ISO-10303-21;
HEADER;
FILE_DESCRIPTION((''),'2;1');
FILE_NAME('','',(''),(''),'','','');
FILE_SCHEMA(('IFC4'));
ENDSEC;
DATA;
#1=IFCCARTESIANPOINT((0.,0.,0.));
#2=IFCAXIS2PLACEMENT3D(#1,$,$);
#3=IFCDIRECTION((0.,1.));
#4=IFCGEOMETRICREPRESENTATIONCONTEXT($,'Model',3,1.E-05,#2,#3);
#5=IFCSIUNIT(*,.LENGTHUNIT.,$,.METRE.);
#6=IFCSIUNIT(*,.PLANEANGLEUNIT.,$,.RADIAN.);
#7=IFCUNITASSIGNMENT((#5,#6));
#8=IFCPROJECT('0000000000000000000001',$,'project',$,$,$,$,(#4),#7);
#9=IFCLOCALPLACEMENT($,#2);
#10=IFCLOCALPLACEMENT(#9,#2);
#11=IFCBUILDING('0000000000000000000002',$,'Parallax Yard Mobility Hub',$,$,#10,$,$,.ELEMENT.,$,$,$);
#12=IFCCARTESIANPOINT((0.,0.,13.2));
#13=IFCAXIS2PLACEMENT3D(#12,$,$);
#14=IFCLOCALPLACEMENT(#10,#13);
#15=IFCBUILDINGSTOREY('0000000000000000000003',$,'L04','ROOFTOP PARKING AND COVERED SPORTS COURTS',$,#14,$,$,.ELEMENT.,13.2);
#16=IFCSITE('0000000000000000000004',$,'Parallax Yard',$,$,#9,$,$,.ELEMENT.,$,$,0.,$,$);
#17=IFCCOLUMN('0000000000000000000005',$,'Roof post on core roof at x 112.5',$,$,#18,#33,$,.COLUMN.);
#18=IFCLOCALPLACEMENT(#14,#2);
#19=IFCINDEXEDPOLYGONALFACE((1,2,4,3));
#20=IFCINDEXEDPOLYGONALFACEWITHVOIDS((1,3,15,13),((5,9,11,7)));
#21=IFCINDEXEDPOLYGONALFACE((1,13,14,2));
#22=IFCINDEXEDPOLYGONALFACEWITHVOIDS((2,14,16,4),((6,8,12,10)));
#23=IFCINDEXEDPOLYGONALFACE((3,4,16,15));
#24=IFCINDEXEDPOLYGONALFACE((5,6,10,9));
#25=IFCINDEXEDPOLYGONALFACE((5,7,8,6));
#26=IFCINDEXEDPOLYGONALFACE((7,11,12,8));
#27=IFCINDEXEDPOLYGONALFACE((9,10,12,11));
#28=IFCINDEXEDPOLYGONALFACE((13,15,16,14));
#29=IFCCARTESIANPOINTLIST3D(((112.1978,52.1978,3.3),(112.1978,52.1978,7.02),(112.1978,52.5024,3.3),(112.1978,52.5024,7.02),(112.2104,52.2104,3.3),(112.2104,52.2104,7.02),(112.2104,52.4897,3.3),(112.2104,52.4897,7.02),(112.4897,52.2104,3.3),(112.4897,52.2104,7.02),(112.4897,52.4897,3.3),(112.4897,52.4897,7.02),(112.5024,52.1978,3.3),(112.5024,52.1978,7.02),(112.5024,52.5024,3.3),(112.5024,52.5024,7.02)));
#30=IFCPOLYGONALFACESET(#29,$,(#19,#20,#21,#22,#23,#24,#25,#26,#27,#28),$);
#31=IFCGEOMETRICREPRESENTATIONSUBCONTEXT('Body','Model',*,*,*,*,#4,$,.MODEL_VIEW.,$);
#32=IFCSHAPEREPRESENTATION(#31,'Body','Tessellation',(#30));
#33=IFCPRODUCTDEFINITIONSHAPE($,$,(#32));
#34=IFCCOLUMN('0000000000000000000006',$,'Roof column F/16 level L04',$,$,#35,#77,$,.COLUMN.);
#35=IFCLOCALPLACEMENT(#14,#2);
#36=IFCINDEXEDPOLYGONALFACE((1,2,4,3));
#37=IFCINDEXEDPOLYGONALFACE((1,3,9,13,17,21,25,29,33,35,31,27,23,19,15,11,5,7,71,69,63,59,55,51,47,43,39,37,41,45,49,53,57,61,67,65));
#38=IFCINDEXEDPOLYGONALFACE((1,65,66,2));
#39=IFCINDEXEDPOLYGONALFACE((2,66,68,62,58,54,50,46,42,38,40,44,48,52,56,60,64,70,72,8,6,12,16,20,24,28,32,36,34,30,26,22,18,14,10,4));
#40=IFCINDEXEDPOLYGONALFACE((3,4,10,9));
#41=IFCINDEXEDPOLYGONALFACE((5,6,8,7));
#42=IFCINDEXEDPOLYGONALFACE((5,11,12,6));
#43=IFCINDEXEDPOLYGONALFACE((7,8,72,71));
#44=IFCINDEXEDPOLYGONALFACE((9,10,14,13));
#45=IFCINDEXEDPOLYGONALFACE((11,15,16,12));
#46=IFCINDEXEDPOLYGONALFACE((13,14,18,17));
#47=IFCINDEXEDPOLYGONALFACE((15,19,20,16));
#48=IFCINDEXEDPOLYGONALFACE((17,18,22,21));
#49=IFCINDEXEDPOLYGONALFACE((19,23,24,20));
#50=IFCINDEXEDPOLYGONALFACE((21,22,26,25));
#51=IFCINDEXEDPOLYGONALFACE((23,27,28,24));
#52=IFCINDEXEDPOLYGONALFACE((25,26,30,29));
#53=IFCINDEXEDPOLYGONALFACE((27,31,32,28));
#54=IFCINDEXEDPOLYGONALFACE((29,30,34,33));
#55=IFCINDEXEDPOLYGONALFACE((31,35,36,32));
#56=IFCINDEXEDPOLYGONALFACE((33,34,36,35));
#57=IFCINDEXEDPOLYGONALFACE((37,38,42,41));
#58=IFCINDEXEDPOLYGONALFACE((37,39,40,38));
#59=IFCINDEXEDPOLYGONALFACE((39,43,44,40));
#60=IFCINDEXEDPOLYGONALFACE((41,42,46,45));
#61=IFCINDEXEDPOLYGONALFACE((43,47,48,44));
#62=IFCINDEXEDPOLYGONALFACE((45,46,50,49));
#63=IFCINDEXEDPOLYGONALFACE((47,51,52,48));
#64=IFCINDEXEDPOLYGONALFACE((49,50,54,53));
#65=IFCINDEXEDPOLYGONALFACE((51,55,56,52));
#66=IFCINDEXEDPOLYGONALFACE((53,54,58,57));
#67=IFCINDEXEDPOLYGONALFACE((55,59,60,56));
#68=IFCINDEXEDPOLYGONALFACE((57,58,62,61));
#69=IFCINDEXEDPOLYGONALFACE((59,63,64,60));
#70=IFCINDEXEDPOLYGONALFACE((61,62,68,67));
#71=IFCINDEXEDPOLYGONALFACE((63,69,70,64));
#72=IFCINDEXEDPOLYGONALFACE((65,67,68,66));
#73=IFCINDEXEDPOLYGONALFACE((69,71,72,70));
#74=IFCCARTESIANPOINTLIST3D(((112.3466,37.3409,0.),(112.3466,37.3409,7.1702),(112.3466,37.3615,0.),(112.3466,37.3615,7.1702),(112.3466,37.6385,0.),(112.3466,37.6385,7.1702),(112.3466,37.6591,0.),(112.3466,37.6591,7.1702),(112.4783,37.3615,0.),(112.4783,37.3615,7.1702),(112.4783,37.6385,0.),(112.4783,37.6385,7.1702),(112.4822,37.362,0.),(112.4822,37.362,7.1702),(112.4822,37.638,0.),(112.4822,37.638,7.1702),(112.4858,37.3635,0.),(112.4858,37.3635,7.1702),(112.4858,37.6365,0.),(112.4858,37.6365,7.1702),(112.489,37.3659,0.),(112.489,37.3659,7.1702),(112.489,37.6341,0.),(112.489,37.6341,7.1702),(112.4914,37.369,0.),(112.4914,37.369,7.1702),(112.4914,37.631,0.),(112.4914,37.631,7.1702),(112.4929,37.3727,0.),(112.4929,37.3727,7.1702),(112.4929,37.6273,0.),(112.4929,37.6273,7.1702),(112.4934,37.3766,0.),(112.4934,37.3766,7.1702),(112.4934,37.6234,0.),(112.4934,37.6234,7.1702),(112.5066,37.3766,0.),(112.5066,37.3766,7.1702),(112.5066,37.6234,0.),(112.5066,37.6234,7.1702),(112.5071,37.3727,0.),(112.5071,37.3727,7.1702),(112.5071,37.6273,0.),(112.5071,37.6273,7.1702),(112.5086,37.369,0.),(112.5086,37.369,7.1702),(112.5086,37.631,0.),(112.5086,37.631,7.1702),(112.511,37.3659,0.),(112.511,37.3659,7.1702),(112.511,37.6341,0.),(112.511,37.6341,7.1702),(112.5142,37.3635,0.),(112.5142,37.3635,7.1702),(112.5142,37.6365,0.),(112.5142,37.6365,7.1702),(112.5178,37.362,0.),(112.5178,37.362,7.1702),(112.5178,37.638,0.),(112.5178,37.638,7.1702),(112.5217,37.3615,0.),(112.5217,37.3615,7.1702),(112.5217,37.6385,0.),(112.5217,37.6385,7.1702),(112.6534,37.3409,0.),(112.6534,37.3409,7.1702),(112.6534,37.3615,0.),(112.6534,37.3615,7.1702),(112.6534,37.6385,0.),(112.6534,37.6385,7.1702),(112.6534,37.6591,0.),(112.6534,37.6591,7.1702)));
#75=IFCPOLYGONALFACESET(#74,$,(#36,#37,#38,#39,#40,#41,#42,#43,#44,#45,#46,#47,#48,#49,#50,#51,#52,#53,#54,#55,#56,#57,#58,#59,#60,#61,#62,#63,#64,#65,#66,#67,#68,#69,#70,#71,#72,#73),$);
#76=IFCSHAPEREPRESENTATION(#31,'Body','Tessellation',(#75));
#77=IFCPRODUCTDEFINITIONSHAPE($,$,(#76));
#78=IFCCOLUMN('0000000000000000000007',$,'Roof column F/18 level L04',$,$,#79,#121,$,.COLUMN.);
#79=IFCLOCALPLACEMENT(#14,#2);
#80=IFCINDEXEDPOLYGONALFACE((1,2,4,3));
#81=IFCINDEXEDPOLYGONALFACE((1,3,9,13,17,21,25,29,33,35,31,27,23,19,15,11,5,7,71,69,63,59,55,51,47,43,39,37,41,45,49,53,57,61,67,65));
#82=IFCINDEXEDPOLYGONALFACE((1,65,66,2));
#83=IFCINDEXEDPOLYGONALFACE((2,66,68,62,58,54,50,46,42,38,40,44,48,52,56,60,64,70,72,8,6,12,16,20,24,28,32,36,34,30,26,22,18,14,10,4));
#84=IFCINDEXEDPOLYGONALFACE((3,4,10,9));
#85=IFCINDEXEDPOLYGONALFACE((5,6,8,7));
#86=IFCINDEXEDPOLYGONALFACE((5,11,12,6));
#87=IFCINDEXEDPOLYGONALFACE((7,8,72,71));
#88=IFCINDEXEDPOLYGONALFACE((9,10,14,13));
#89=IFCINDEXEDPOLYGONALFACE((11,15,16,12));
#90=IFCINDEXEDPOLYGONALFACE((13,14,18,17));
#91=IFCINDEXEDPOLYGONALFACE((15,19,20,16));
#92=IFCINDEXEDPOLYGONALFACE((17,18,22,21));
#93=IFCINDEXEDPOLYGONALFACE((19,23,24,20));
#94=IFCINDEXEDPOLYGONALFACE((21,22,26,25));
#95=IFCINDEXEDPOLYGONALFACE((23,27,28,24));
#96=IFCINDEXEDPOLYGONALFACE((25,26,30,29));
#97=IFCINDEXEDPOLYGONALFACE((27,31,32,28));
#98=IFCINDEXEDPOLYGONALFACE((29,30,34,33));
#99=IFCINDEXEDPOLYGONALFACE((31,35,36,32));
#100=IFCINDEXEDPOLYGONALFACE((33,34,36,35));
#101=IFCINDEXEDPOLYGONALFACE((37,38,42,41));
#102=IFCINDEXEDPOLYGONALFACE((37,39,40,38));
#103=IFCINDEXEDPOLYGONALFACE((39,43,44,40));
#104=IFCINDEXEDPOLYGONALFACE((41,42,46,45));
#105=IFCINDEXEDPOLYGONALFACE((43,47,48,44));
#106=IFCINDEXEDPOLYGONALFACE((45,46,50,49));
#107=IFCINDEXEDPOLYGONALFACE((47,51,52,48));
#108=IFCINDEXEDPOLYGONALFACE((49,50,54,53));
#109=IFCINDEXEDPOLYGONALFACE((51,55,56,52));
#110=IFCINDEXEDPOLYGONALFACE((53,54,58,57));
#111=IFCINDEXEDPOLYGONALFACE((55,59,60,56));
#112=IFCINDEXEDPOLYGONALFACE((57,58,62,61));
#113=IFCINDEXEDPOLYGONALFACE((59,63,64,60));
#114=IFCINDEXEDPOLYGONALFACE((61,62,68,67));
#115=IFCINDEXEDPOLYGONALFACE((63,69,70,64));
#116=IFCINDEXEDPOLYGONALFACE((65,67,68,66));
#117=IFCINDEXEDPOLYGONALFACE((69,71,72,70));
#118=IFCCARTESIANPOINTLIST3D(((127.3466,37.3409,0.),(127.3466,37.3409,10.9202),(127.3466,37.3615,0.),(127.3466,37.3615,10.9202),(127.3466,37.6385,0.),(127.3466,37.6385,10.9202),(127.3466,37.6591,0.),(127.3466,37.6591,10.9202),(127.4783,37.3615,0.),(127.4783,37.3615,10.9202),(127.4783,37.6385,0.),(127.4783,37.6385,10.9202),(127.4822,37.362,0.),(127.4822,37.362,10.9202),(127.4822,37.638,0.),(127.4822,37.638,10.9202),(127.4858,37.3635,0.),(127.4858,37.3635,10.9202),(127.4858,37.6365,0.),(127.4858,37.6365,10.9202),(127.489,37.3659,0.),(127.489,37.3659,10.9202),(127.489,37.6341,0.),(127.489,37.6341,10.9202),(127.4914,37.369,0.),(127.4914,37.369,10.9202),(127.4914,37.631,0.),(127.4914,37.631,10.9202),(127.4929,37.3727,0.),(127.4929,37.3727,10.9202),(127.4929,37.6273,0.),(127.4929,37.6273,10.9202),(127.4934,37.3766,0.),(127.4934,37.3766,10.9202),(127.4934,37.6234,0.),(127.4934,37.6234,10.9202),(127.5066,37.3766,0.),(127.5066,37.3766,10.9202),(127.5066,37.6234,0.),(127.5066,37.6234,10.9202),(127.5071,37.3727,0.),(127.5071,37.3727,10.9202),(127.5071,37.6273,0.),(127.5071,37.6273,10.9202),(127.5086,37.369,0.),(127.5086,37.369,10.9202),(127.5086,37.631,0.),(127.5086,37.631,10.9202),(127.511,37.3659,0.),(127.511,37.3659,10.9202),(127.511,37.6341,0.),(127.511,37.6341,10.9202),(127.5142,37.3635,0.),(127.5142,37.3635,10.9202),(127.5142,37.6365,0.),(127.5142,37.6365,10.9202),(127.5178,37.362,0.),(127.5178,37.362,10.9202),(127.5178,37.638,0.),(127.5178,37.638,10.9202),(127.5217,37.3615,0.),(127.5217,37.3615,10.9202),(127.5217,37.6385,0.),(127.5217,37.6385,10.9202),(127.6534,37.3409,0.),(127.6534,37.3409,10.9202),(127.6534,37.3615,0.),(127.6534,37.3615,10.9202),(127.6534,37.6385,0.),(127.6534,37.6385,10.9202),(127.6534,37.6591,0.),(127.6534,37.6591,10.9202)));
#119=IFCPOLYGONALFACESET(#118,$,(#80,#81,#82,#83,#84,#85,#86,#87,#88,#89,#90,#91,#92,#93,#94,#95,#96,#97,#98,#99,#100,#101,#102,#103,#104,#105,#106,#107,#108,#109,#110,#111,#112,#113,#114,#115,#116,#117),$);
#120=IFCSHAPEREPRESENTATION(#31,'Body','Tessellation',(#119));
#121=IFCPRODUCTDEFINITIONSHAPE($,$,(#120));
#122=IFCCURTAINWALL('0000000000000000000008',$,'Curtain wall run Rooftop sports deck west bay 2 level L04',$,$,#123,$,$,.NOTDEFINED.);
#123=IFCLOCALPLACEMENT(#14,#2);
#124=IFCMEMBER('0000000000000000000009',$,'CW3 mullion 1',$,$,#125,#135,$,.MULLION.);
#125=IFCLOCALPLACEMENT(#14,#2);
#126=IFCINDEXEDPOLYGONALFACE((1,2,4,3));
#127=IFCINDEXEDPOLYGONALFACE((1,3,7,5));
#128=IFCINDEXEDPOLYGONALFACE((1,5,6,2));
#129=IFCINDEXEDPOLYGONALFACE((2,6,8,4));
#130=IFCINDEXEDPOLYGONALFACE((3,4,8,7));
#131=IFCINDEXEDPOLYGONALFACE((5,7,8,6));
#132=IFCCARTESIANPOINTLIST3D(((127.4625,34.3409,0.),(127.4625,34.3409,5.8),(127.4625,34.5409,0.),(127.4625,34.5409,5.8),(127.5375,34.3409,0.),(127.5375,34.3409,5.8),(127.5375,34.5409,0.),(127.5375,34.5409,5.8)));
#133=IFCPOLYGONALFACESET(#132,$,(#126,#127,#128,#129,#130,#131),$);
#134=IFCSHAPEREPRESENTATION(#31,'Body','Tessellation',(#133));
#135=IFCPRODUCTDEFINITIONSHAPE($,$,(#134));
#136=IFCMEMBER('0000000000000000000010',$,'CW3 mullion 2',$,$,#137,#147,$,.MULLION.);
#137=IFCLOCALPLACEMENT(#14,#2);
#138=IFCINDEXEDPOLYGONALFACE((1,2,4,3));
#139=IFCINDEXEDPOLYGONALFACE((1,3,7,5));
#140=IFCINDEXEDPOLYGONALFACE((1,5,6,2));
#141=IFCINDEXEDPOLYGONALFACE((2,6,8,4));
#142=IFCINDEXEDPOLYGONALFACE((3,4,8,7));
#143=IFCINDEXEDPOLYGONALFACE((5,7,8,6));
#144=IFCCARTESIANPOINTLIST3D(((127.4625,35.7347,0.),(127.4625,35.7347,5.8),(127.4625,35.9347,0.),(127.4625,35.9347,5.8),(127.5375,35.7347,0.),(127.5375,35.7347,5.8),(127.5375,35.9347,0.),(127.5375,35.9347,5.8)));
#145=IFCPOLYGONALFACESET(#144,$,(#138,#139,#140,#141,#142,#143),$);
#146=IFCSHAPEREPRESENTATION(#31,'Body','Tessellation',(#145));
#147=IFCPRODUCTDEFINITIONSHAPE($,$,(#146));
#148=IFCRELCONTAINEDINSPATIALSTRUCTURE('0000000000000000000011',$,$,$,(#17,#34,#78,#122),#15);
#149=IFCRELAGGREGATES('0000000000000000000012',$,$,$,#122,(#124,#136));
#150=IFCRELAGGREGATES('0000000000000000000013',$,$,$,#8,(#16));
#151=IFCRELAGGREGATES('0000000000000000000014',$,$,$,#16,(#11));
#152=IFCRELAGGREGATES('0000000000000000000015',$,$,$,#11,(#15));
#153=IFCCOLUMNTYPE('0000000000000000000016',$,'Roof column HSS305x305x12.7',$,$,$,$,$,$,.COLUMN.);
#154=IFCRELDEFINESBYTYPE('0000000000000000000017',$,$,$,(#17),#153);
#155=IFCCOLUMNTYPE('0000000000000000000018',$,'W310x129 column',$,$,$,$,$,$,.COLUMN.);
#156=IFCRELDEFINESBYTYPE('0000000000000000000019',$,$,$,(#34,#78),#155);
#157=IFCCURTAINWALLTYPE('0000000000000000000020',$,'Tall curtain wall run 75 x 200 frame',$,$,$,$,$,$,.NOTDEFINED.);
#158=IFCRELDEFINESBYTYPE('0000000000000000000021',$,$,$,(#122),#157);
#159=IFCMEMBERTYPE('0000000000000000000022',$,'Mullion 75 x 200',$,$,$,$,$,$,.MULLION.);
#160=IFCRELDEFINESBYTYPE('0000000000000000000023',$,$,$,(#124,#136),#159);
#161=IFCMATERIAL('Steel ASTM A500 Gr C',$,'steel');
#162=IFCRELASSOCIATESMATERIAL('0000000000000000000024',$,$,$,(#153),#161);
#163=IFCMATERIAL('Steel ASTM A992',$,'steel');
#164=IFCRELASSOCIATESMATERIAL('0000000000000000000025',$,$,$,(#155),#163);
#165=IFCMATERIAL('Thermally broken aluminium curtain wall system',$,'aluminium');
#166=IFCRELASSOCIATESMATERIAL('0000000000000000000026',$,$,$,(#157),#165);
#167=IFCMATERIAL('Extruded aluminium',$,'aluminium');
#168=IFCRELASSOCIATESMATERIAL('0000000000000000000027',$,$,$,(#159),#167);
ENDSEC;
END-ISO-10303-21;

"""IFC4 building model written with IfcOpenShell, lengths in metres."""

from ifc_helpers import new_model, si_unit, direction, frame, origin, origin_2d, place, context, subcontext, project, spatial, rectangle, hollow_rectangle, i_section, extrude, material, material_profile, profile_set, type_object, element, aggregate, save


model = new_model("IFC4")

# Units and contexts
model_context = context("Model", 3, precision=1e-05, world=origin(), true_north=direction((0.0, 1.0)))
body_context = subcontext(model_context, "Body", "Model", "MODEL_VIEW")
ifc_project = project(units=[si_unit("LENGTHUNIT", "METRE"), si_unit("PLANEANGLEUNIT", "RADIAN")], contexts=[model_context])

# Site, building, storey
site_placement = place(None, origin())
site = spatial("IfcSite", under=ifc_project, at=site_placement, Name="Parallax Yard", CompositionType="ELEMENT", RefElevation=0.0)
building_placement = place(site_placement, origin())
building = spatial("IfcBuilding", under=site, at=building_placement, Name="Parallax Yard Mobility Hub", CompositionType="ELEMENT")
storey_placement = place(building_placement, frame((0.0, 0.0, 13.2)))
storey = spatial("IfcBuildingStorey", under=building, at=storey_placement, Name="L04", Description="ROOFTOP PARKING AND COVERED SPORTS COURTS", CompositionType="ELEMENT", Elevation=13.2)

# Columns
ifc_material_1 = material(Name="Steel ASTM A500 Gr C", Category="steel")
ifc_material_profile_1 = material_profile(ifc_material_1, hollow_rectangle(XDim=0.3047, YDim=0.3047, WallThickness=0.0127, at=origin_2d()), Name="HSS305x305x12.7")
ifc_profile_set_1 = profile_set([ifc_material_profile_1], Name="Steel ASTM A500 Gr C")
column_type_1 = type_object("IfcColumnType", Name="Roof column HSS305x305x12.7", PredefinedType="COLUMN", material=ifc_profile_set_1)
column_1_placement = place(storey_placement, frame((112.3501, 52.3501, 3.3), z_axis=(0.0, 0.0, 1.0), x_axis=(1.0, 0.0, 0.0)))
element("IfcColumn", 1, at=column_1_placement, inside=storey, type_object=column_type_1, Name="Roof post on core roof at x 112.5", PredefinedType="COLUMN", context=body_context, shape_type="SweptSolid", body=[
    extrude(hollow_rectangle(XDim=0.3047, YDim=0.3047, WallThickness=0.0127, at=origin_2d()), origin(), (0.0, 0.0, 1.0), 3.72),
])
ifc_material_2 = material(Name="Steel ASTM A992", Category="steel")
ifc_material_profile_2 = material_profile(ifc_material_2, i_section(OverallWidth=0.3069, OverallDepth=0.3181, WebThickness=0.0132, FlangeThickness=0.0205, FilletRadius=0.0151, at=origin_2d()), Name="W310x129")
ifc_profile_set_2 = profile_set([ifc_material_profile_2], Name="Steel ASTM A992")
column_type_2 = type_object("IfcColumnType", Name="W310x129 column", PredefinedType="COLUMN", material=ifc_profile_set_2)
column_2_placement = place(storey_placement, frame((112.5, 37.5, 0.0), z_axis=(0.0, 0.0, 1.0), x_axis=(1.0, 0.0, 0.0)))
element("IfcColumn", 2, at=column_2_placement, inside=storey, type_object=column_type_2, Name="Roof column F/16 level L04", PredefinedType="COLUMN", context=body_context, shape_type="SweptSolid", body=[
    extrude(i_section(OverallWidth=0.3069, OverallDepth=0.3181, WebThickness=0.0132, FlangeThickness=0.0205, FilletRadius=0.0151, at=origin_2d()), origin(), (0.0, 0.0, 1.0), 7.1702),
])
column_3_placement = place(storey_placement, frame((127.5, 37.5, 0.0), z_axis=(0.0, 0.0, 1.0), x_axis=(1.0, 0.0, 0.0)))
element("IfcColumn", 3, at=column_3_placement, inside=storey, type_object=column_type_2, Name="Roof column F/18 level L04", PredefinedType="COLUMN", context=body_context, shape_type="SweptSolid", body=[
    extrude(i_section(OverallWidth=0.3069, OverallDepth=0.3181, WebThickness=0.0132, FlangeThickness=0.0205, FilletRadius=0.0151, at=origin_2d()), origin(), (0.0, 0.0, 1.0), 10.9202),
])

# Curtain wall, members
ifc_material_3 = material(Name="Thermally broken aluminium curtain wall system", Category="aluminium")
curtain_wall_type = type_object("IfcCurtainWallType", Name="Tall curtain wall run 75 x 200 frame", PredefinedType="NOTDEFINED", material=ifc_material_3)
curtain_wall_placement = place(storey_placement, origin())
curtain_wall = element("IfcCurtainWall", 4, at=curtain_wall_placement, inside=storey, type_object=curtain_wall_type, Name="Curtain wall run Rooftop sports deck west bay 2 level L04", PredefinedType="NOTDEFINED")
ifc_material_4 = material(Name="Extruded aluminium", Category="aluminium")
ifc_material_profile_3 = material_profile(ifc_material_4, rectangle(XDim=0.075, YDim=0.2, at=origin_2d()), Name="Mullion 75 x 200")
ifc_profile_set_3 = profile_set([ifc_material_profile_3], Name="Extruded aluminium")
member_type_1 = type_object("IfcMemberType", Name="Mullion 75 x 200", PredefinedType="MULLION", material=ifc_profile_set_3)
member_1_placement = place(storey_placement, frame((127.5, 34.4409, 0.0), z_axis=(0.0, 0.0, 1.0), x_axis=(-1.0, 0.0, 0.0)))
member_1 = element("IfcMember", 5, at=member_1_placement, type_object=member_type_1, Name="CW3 mullion 1", PredefinedType="MULLION", context=body_context, shape_type="SweptSolid", body=[
    extrude(rectangle(XDim=0.075, YDim=0.2, at=origin_2d()), origin(), (0.0, 0.0, 1.0), 5.8),
])
member_2_placement = place(storey_placement, frame((127.5, 35.8347, 0.0), z_axis=(0.0, 0.0, 1.0), x_axis=(-1.0, 0.0, 0.0)))
member_2 = element("IfcMember", 6, at=member_2_placement, type_object=member_type_1, Name="CW3 mullion 2", PredefinedType="MULLION", context=body_context, shape_type="SweptSolid", body=[
    extrude(rectangle(XDim=0.075, YDim=0.2, at=origin_2d()), origin(), (0.0, 0.0, 1.0), 5.8),
])
aggregate(curtain_wall, [member_1, member_2])

save(model, "model.ifc")
